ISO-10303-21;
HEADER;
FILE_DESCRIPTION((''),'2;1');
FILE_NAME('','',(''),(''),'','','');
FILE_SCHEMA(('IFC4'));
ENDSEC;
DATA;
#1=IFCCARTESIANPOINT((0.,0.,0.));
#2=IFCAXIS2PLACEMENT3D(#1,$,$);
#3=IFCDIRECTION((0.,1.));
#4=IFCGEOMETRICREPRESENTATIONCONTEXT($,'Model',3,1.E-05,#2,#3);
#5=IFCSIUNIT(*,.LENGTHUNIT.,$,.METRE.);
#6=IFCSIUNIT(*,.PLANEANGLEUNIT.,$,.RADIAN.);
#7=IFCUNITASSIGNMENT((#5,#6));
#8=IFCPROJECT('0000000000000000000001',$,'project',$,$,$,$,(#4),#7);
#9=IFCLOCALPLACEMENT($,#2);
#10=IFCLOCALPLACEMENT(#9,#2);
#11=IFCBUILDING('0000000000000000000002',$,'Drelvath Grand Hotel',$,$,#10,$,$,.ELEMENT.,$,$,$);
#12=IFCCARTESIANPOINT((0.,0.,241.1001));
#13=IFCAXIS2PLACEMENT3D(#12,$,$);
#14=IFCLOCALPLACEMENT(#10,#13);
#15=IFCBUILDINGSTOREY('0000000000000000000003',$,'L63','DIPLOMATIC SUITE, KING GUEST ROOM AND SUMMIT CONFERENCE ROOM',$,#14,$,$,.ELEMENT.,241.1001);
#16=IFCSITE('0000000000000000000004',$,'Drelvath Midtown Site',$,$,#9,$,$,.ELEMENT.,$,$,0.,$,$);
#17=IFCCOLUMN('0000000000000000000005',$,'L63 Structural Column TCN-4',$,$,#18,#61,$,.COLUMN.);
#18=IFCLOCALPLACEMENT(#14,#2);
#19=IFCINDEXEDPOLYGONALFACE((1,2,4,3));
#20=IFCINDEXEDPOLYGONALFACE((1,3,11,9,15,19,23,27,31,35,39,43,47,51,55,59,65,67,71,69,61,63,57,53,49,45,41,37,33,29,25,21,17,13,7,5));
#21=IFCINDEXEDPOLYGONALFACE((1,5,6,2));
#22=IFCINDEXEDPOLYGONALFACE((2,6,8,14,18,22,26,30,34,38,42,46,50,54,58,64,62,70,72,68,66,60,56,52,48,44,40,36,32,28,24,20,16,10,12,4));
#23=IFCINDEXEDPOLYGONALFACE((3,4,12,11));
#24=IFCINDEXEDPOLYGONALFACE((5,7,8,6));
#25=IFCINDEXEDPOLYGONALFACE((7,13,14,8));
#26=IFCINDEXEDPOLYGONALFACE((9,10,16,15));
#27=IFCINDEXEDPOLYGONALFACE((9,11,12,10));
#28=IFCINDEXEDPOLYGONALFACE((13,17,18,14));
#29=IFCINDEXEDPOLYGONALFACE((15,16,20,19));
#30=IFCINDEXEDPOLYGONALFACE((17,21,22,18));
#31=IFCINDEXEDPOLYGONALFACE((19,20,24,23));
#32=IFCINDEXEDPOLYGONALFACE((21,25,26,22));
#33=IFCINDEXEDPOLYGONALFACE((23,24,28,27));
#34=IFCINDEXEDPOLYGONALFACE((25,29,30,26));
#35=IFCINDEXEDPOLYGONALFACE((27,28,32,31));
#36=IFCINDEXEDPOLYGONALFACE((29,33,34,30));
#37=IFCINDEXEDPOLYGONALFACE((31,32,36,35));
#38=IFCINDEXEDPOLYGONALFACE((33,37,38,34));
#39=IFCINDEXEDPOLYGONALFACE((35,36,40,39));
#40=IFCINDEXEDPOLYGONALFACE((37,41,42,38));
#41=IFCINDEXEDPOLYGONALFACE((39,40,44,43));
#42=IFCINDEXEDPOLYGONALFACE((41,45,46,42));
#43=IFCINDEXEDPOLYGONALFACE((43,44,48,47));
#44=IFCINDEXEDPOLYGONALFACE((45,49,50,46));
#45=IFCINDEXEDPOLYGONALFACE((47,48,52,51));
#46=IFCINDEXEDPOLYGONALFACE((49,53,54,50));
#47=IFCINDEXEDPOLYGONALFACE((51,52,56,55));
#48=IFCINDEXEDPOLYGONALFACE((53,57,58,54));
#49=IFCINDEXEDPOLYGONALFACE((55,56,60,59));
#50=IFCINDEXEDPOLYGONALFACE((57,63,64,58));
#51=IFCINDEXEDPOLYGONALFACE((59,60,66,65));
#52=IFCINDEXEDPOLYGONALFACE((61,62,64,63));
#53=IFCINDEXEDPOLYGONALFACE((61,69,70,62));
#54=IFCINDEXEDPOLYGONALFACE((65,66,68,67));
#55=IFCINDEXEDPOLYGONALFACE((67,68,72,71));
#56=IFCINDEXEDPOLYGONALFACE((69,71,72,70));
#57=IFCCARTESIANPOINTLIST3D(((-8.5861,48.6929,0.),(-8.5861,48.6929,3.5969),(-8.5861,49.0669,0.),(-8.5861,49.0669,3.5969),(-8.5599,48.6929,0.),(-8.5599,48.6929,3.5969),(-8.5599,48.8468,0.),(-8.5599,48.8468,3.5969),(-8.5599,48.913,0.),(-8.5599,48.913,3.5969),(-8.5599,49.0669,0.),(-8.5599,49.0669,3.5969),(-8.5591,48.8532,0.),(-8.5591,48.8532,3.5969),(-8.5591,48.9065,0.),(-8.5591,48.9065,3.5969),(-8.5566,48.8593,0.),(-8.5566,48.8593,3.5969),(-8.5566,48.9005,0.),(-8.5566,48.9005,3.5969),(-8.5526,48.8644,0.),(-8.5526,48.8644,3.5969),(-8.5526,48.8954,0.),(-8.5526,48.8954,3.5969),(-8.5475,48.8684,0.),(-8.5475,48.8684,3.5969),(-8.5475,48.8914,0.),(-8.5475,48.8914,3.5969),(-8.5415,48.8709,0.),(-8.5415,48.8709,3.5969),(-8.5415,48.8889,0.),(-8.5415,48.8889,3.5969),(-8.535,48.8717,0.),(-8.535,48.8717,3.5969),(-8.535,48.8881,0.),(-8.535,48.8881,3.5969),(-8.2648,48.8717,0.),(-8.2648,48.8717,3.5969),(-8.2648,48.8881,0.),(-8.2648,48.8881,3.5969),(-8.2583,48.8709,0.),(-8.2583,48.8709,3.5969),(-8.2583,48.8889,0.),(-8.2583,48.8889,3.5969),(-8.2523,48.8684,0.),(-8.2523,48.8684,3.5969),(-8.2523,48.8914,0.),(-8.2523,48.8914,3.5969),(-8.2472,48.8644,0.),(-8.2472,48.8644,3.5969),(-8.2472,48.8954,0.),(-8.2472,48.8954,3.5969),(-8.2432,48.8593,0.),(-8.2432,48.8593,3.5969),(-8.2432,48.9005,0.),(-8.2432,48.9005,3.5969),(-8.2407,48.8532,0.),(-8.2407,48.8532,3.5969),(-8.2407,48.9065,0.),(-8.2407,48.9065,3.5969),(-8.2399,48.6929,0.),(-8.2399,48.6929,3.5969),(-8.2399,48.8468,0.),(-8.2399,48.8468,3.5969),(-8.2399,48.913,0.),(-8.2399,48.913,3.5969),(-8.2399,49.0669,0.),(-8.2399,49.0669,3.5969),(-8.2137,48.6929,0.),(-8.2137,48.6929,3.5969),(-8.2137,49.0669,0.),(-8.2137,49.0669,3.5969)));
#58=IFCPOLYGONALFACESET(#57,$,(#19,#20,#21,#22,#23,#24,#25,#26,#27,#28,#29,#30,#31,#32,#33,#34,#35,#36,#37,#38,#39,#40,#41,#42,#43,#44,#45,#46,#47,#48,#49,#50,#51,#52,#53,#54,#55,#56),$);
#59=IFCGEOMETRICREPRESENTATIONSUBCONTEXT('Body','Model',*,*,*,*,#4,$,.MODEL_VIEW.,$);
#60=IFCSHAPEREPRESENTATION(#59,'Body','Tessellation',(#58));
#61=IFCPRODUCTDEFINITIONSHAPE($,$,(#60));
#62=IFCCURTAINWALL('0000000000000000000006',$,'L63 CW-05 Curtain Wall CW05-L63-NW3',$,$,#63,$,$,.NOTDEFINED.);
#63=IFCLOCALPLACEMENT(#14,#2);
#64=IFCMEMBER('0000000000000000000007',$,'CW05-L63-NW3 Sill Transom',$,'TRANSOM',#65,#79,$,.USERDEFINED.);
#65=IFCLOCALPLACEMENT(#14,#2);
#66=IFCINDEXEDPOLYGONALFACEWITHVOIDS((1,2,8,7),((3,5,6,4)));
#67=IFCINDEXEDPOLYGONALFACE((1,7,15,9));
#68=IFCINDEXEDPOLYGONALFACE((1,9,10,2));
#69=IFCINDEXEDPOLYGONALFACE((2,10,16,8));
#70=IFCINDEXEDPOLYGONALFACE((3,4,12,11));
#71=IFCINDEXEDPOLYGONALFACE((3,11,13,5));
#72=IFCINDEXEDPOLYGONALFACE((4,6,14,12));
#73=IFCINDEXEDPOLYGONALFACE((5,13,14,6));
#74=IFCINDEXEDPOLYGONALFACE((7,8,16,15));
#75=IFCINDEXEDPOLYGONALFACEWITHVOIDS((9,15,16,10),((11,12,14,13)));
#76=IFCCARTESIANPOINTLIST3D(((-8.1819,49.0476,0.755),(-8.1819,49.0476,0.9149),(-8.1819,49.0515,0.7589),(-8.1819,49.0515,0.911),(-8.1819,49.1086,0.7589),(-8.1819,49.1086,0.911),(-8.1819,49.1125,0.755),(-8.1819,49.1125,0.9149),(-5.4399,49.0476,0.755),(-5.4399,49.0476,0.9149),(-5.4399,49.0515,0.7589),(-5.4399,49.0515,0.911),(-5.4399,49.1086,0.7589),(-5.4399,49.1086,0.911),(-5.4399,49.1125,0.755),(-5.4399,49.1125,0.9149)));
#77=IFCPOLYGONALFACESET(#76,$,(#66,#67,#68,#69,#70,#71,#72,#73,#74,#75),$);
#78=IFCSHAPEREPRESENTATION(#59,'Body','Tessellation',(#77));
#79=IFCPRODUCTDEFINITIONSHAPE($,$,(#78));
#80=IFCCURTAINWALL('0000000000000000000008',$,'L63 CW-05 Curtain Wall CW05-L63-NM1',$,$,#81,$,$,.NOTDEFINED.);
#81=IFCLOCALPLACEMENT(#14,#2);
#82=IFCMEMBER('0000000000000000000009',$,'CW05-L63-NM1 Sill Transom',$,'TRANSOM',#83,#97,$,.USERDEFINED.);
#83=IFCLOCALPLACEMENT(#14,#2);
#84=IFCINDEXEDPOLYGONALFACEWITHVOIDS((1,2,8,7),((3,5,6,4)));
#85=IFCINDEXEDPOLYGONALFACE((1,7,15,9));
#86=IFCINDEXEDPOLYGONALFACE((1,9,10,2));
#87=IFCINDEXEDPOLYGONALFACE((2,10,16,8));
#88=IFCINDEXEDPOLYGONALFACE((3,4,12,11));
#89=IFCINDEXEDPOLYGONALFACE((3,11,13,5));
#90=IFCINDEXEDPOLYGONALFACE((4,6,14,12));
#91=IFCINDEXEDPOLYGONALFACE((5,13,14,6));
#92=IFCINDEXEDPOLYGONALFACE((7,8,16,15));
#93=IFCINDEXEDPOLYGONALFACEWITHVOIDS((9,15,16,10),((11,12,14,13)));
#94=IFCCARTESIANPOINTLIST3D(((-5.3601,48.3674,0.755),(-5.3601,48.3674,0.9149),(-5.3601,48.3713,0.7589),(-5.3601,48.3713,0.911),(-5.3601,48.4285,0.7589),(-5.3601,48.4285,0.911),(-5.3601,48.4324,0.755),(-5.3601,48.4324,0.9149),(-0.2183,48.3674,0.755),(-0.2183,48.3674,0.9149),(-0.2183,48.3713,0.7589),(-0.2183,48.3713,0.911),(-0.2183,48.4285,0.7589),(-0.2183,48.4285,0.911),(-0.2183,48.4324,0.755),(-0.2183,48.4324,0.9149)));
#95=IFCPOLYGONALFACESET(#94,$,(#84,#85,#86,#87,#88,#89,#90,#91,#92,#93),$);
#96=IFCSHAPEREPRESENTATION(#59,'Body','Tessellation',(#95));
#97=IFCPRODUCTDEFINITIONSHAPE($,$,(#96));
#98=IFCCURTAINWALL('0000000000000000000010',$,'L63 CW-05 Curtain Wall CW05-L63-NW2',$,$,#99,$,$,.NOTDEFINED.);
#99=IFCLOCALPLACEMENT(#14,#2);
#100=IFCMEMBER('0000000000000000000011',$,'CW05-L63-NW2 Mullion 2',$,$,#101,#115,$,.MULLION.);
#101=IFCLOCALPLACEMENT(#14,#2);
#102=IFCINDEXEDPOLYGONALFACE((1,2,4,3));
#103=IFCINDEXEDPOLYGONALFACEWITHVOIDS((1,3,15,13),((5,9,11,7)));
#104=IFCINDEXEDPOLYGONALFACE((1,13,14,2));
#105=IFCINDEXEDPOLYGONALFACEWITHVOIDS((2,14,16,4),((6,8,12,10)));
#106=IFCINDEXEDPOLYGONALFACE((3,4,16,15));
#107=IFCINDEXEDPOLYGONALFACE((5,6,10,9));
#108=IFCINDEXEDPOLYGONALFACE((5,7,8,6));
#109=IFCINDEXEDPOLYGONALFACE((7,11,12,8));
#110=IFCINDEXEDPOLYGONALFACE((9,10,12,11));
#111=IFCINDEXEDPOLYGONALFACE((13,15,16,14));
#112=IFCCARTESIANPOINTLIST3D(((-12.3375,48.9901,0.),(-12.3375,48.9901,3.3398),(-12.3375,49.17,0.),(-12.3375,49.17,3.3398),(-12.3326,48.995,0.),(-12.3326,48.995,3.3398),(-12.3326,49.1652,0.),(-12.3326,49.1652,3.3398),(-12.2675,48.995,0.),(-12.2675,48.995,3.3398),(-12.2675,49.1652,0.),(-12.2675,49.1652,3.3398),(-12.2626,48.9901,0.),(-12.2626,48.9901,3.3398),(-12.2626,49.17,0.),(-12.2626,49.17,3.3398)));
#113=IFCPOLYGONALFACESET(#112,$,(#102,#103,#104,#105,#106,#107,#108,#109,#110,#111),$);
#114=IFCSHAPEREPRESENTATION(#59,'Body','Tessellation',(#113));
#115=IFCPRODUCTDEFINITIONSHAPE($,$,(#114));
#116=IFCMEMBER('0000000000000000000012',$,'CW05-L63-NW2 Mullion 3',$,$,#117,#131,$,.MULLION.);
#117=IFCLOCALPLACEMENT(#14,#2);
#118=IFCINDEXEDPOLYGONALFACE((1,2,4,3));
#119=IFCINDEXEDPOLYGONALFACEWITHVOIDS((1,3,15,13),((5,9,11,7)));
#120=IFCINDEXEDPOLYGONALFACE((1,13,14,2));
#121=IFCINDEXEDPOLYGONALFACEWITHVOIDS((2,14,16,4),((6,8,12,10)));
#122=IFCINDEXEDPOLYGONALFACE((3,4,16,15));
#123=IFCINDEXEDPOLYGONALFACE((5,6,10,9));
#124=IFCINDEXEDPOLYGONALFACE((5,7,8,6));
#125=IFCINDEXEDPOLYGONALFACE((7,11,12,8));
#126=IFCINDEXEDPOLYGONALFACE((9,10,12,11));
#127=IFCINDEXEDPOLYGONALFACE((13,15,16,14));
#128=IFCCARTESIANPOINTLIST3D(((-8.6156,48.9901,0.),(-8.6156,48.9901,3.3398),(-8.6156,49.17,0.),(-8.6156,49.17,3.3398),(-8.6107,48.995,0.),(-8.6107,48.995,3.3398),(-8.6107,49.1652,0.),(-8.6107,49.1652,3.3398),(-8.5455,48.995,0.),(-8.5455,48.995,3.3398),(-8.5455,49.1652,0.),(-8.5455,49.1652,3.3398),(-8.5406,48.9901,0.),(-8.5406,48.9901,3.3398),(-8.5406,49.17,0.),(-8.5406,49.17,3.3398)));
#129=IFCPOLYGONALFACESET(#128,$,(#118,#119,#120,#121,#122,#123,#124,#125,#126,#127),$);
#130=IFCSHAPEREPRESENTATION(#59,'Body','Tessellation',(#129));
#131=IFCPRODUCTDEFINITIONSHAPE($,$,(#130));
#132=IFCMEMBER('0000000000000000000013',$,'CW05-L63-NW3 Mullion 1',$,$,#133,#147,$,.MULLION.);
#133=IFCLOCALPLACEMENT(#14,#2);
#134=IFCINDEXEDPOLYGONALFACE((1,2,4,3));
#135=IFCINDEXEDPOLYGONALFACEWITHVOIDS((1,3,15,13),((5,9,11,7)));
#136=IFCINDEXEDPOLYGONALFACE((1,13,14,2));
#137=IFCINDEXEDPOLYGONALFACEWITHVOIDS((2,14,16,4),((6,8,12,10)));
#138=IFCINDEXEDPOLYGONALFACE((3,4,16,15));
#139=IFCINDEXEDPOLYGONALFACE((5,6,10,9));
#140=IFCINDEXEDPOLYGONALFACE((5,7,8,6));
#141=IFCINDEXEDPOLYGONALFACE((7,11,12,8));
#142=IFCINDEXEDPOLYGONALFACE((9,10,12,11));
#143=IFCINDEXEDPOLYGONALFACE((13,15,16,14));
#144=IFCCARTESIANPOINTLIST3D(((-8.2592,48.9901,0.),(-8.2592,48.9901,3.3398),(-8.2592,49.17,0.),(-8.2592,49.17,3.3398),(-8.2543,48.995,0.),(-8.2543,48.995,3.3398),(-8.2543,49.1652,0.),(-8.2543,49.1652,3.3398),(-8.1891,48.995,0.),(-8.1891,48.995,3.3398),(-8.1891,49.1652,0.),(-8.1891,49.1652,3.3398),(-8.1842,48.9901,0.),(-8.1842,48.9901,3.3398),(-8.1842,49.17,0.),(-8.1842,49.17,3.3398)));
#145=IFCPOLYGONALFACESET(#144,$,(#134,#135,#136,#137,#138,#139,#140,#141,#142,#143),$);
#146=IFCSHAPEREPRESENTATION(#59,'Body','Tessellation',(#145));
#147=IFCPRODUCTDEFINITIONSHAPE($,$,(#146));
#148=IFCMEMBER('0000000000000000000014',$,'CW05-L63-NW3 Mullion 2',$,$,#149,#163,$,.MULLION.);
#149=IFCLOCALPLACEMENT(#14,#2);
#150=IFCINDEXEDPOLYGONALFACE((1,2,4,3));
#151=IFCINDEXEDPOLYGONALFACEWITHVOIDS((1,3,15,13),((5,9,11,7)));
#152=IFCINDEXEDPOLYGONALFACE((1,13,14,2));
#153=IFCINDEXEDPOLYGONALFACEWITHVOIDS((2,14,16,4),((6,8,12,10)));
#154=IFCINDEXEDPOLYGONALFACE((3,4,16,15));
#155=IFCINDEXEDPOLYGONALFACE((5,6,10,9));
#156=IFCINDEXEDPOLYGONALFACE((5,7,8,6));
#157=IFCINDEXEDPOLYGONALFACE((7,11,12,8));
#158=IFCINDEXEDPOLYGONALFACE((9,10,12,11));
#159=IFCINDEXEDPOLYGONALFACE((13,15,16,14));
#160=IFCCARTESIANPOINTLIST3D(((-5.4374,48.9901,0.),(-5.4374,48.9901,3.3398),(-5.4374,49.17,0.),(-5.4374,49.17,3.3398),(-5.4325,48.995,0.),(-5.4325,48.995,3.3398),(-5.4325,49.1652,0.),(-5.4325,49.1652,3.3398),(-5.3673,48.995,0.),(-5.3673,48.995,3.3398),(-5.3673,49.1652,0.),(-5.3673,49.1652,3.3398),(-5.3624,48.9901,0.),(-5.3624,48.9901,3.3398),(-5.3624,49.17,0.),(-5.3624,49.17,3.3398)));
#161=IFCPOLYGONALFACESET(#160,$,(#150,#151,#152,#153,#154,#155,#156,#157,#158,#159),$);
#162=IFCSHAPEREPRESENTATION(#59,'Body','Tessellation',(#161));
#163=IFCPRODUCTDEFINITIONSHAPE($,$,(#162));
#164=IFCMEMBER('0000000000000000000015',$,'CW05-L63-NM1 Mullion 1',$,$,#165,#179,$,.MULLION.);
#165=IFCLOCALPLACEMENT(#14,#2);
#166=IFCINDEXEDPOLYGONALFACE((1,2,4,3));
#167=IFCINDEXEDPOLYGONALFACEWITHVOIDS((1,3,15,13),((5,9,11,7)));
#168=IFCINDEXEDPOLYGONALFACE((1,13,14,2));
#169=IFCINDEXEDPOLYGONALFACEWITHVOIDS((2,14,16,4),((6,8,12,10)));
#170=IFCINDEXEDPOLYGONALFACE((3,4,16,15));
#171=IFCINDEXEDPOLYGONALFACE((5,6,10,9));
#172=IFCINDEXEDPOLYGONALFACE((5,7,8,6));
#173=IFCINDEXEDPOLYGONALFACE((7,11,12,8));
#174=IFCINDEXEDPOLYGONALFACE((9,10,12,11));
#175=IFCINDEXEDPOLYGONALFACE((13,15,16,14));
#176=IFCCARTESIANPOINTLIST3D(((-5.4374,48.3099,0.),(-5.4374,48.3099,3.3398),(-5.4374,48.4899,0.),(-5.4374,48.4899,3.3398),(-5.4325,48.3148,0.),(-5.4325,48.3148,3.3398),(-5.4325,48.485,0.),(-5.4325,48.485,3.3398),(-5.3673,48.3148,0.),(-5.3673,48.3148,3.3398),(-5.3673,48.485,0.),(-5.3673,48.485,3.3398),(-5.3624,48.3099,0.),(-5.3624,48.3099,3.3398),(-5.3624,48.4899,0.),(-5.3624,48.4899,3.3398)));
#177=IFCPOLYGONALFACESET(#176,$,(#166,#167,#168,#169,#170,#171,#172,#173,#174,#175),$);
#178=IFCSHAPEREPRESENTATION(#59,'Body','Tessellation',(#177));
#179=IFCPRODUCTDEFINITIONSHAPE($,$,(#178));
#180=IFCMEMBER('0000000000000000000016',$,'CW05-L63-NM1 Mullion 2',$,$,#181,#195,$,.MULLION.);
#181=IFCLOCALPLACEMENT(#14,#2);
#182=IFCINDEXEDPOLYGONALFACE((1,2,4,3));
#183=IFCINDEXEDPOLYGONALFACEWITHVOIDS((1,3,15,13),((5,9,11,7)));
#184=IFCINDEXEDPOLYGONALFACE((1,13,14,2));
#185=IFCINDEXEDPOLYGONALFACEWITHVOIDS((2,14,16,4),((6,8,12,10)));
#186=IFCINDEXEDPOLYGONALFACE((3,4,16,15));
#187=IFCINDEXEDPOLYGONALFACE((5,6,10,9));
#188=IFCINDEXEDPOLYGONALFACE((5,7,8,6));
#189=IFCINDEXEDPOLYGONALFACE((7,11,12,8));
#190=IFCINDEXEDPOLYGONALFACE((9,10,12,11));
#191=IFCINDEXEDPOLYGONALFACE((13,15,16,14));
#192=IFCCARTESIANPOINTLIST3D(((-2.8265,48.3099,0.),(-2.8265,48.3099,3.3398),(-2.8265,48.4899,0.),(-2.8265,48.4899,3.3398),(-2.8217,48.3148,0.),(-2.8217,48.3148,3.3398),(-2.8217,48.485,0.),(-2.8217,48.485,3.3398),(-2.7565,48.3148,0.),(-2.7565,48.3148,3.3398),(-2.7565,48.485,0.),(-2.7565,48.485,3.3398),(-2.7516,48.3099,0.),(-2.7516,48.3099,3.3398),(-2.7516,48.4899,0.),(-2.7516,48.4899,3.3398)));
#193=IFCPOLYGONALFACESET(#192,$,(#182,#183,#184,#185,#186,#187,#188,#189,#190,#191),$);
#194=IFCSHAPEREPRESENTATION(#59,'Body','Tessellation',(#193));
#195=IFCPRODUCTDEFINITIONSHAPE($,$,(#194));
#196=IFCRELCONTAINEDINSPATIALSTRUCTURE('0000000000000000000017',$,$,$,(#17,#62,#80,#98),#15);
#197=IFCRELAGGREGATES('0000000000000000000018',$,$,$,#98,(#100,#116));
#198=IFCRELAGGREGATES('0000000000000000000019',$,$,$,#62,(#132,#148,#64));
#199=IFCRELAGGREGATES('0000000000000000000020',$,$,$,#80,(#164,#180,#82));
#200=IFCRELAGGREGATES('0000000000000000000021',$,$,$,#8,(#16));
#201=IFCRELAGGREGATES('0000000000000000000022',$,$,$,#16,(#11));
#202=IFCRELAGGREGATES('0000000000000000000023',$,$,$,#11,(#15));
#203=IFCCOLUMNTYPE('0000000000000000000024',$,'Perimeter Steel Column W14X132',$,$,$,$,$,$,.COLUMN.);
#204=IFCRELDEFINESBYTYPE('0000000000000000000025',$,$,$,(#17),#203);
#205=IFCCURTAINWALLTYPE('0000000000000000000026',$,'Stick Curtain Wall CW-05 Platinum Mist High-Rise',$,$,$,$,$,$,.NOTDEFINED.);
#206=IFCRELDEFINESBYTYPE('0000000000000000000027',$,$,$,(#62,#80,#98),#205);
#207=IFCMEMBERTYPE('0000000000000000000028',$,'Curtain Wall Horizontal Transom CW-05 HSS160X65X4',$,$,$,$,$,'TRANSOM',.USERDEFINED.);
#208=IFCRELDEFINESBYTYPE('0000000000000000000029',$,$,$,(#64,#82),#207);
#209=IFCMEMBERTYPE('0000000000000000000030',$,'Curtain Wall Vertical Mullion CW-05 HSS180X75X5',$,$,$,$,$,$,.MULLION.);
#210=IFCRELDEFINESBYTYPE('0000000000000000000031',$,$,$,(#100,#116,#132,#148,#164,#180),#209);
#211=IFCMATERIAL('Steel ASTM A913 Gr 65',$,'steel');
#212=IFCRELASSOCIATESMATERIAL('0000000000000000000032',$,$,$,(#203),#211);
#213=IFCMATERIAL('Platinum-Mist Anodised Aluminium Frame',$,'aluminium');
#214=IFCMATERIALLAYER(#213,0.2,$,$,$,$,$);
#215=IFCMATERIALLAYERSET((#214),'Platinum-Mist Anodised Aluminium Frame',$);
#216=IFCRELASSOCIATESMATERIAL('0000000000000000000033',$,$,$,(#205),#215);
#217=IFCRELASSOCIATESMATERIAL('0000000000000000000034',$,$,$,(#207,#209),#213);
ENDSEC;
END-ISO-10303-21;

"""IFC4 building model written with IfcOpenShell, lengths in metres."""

from ifc_helpers import new_model, si_unit, direction, frame, origin, origin_2d, place, context, subcontext, project, spatial, hollow_rectangle, i_section, extrude, material, layer, layer_set, material_profile, profile_set, type_object, element, aggregate, save


model = new_model("IFC4")

# Units and contexts
model_context = context("Model", 3, precision=1e-05, world=origin(), true_north=direction((0.0, 1.0)))
body_context = subcontext(model_context, "Body", "Model", "MODEL_VIEW")
ifc_project = project(units=[si_unit("LENGTHUNIT", "METRE"), si_unit("PLANEANGLEUNIT", "RADIAN")], contexts=[model_context])

# Site, building, storey
site_placement = place(None, origin())
site = spatial("IfcSite", under=ifc_project, at=site_placement, Name="Drelvath Midtown Site", CompositionType="ELEMENT", RefElevation=0.0)
building_placement = place(site_placement, origin())
building = spatial("IfcBuilding", under=site, at=building_placement, Name="Drelvath Grand Hotel", CompositionType="ELEMENT")
storey_placement = place(building_placement, frame((0.0, 0.0, 241.1001)))
storey = spatial("IfcBuildingStorey", under=building, at=storey_placement, Name="L63", Description="DIPLOMATIC SUITE, KING GUEST ROOM AND SUMMIT CONFERENCE ROOM", CompositionType="ELEMENT", Elevation=241.1001)

# Column
ifc_material_1 = material(Name="Steel ASTM A913 Gr 65", Category="steel")
ifc_material_profile_1 = material_profile(ifc_material_1, i_section(OverallWidth=0.374, OverallDepth=0.3723, WebThickness=0.0164, FlangeThickness=0.0261, FilletRadius=0.0249, at=origin_2d()), Name="W14X132")
ifc_profile_set_1 = profile_set([ifc_material_profile_1], Name="Steel ASTM A913 Gr 65")
column_type = type_object("IfcColumnType", Name="Perimeter Steel Column W14X132", PredefinedType="COLUMN", material=ifc_profile_set_1)
column_placement = place(storey_placement, frame((-8.3999, 48.8799, 0.0), z_axis=(0.0, 0.0, 1.0), x_axis=(0.0, 1.0, 0.0)))
element("IfcColumn", 1, at=column_placement, inside=storey, type_object=column_type, Name="L63 Structural Column TCN-4", PredefinedType="COLUMN", context=body_context, shape_type="SweptSolid", body=[
    extrude(i_section(OverallWidth=0.374, OverallDepth=0.3723, WebThickness=0.0164, FlangeThickness=0.0261, FilletRadius=0.0249, at=origin_2d()), origin(), (0.0, 0.0, 1.0), 3.5969),
])

# Curtain walls, members
ifc_material_2 = material(Name="Platinum-Mist Anodised Aluminium Frame", Category="aluminium")
ifc_layer_1 = layer(ifc_material_2, 0.2)
ifc_layer_set_1 = layer_set([ifc_layer_1], Name="Platinum-Mist Anodised Aluminium Frame")
curtain_wall_type = type_object("IfcCurtainWallType", Name="Stick Curtain Wall CW-05 Platinum Mist High-Rise", PredefinedType="NOTDEFINED", material=ifc_layer_set_1)
curtain_wall_1_placement = place(storey_placement, origin())
curtain_wall_1 = element("IfcCurtainWall", 2, at=curtain_wall_1_placement, inside=storey, type_object=curtain_wall_type, Name="L63 CW-05 Curtain Wall CW05-L63-NW3", PredefinedType="NOTDEFINED")
ifc_material_profile_2 = material_profile(ifc_material_2, hollow_rectangle(XDim=0.0649, YDim=0.1599, WallThickness=0.0039, at=origin_2d()), Name="HSS160X65X4")
ifc_profile_set_2 = profile_set([ifc_material_profile_2], Name="Platinum-Mist Anodised Aluminium Frame")
member_type_1 = type_object("IfcMemberType", Name="Curtain Wall Horizontal Transom CW-05 HSS160X65X4", ElementType="TRANSOM", PredefinedType="USERDEFINED", material=ifc_profile_set_2)
member_1_placement = place(storey_placement, frame((-8.1819, 49.0801, 0.835), z_axis=(1.0, 0.0, 0.0), x_axis=(0.0, 1.0, 0.0)))
member_1 = element("IfcMember", 3, at=member_1_placement, type_object=member_type_1, Name="CW05-L63-NW3 Sill Transom", ObjectType="TRANSOM", PredefinedType="USERDEFINED", context=body_context, shape_type="SweptSolid", body=[
    extrude(hollow_rectangle(XDim=0.0649, YDim=0.1599, WallThickness=0.0039, at=origin_2d()), origin(), (0.0, 0.0, 1.0), 2.7419),
])
curtain_wall_2_placement = place(storey_placement, origin())
curtain_wall_2 = element("IfcCurtainWall", 4, at=curtain_wall_2_placement, inside=storey, type_object=curtain_wall_type, Name="L63 CW-05 Curtain Wall CW05-L63-NM1", PredefinedType="NOTDEFINED")
member_2_placement = place(storey_placement, frame((-5.3601, 48.3999, 0.835), z_axis=(1.0, 0.0, 0.0), x_axis=(0.0, 1.0, 0.0)))
member_2 = element("IfcMember", 5, at=member_2_placement, type_object=member_type_1, Name="CW05-L63-NM1 Sill Transom", ObjectType="TRANSOM", PredefinedType="USERDEFINED", context=body_context, shape_type="SweptSolid", body=[
    extrude(hollow_rectangle(XDim=0.0649, YDim=0.1599, WallThickness=0.0039, at=origin_2d()), origin(), (0.0, 0.0, 1.0), 5.1418),
])

# Curtain wall, members
curtain_wall_3_placement = place(storey_placement, origin())
curtain_wall_3 = element("IfcCurtainWall", 6, at=curtain_wall_3_placement, inside=storey, type_object=curtain_wall_type, Name="L63 CW-05 Curtain Wall CW05-L63-NW2", PredefinedType="NOTDEFINED")
ifc_material_profile_3 = material_profile(ifc_material_2, hollow_rectangle(XDim=0.075, YDim=0.1799, WallThickness=0.0049, at=origin_2d()), Name="HSS180X75X5")
ifc_profile_set_3 = profile_set([ifc_material_profile_3], Name="Platinum-Mist Anodised Aluminium Frame")
member_type_2 = type_object("IfcMemberType", Name="Curtain Wall Vertical Mullion CW-05 HSS180X75X5", PredefinedType="MULLION", material=ifc_profile_set_3)
member_3_placement = place(storey_placement, frame((-12.3, 49.0801, 0.0), z_axis=(0.0, 0.0, 1.0), x_axis=(1.0, 0.0, 0.0)))
member_3 = element("IfcMember", 7, at=member_3_placement, type_object=member_type_2, Name="CW05-L63-NW2 Mullion 2", PredefinedType="MULLION", context=body_context, shape_type="SweptSolid", body=[
    extrude(hollow_rectangle(XDim=0.075, YDim=0.1799, WallThickness=0.0049, at=origin_2d()), origin(), (0.0, 0.0, 1.0), 3.3398),
])
member_4_placement = place(storey_placement, frame((-8.5781, 49.0801, 0.0), z_axis=(0.0, 0.0, 1.0), x_axis=(1.0, 0.0, 0.0)))
member_4 = element("IfcMember", 8, at=member_4_placement, type_object=member_type_2, Name="CW05-L63-NW2 Mullion 3", PredefinedType="MULLION", context=body_context, shape_type="SweptSolid", body=[
    extrude(hollow_rectangle(XDim=0.075, YDim=0.1799, WallThickness=0.0049, at=origin_2d()), origin(), (0.0, 0.0, 1.0), 3.3398),
])

# Members
member_5_placement = place(storey_placement, frame((-8.2217, 49.0801, 0.0), z_axis=(0.0, 0.0, 1.0), x_axis=(1.0, 0.0, 0.0)))
member_5 = element("IfcMember", 9, at=member_5_placement, type_object=member_type_2, Name="CW05-L63-NW3 Mullion 1", PredefinedType="MULLION", context=body_context, shape_type="SweptSolid", body=[
    extrude(hollow_rectangle(XDim=0.075, YDim=0.1799, WallThickness=0.0049, at=origin_2d()), origin(), (0.0, 0.0, 1.0), 3.3398),
])
member_6_placement = place(storey_placement, frame((-5.3999, 49.0801, 0.0), z_axis=(0.0, 0.0, 1.0), x_axis=(1.0, 0.0, 0.0)))
member_6 = element("IfcMember", 10, at=member_6_placement, type_object=member_type_2, Name="CW05-L63-NW3 Mullion 2", PredefinedType="MULLION", context=body_context, shape_type="SweptSolid", body=[
    extrude(hollow_rectangle(XDim=0.075, YDim=0.1799, WallThickness=0.0049, at=origin_2d()), origin(), (0.0, 0.0, 1.0), 3.3398),
])
member_7_placement = place(storey_placement, frame((-5.3999, 48.3999, 0.0), z_axis=(0.0, 0.0, 1.0), x_axis=(1.0, 0.0, 0.0)))
member_7 = element("IfcMember", 11, at=member_7_placement, type_object=member_type_2, Name="CW05-L63-NM1 Mullion 1", PredefinedType="MULLION", context=body_context, shape_type="SweptSolid", body=[
    extrude(hollow_rectangle(XDim=0.075, YDim=0.1799, WallThickness=0.0049, at=origin_2d()), origin(), (0.0, 0.0, 1.0), 3.3398),
])
member_8_placement = place(storey_placement, frame((-2.7891, 48.3999, 0.0), z_axis=(0.0, 0.0, 1.0), x_axis=(1.0, 0.0, 0.0)))
member_8 = element("IfcMember", 12, at=member_8_placement, type_object=member_type_2, Name="CW05-L63-NM1 Mullion 2", PredefinedType="MULLION", context=body_context, shape_type="SweptSolid", body=[
    extrude(hollow_rectangle(XDim=0.075, YDim=0.1799, WallThickness=0.0049, at=origin_2d()), origin(), (0.0, 0.0, 1.0), 3.3398),
])

aggregate(curtain_wall_3, [member_3, member_4])
aggregate(curtain_wall_1, [member_5, member_6, member_1])
aggregate(curtain_wall_2, [member_7, member_8, member_2])

save(model, "model.ifc")
